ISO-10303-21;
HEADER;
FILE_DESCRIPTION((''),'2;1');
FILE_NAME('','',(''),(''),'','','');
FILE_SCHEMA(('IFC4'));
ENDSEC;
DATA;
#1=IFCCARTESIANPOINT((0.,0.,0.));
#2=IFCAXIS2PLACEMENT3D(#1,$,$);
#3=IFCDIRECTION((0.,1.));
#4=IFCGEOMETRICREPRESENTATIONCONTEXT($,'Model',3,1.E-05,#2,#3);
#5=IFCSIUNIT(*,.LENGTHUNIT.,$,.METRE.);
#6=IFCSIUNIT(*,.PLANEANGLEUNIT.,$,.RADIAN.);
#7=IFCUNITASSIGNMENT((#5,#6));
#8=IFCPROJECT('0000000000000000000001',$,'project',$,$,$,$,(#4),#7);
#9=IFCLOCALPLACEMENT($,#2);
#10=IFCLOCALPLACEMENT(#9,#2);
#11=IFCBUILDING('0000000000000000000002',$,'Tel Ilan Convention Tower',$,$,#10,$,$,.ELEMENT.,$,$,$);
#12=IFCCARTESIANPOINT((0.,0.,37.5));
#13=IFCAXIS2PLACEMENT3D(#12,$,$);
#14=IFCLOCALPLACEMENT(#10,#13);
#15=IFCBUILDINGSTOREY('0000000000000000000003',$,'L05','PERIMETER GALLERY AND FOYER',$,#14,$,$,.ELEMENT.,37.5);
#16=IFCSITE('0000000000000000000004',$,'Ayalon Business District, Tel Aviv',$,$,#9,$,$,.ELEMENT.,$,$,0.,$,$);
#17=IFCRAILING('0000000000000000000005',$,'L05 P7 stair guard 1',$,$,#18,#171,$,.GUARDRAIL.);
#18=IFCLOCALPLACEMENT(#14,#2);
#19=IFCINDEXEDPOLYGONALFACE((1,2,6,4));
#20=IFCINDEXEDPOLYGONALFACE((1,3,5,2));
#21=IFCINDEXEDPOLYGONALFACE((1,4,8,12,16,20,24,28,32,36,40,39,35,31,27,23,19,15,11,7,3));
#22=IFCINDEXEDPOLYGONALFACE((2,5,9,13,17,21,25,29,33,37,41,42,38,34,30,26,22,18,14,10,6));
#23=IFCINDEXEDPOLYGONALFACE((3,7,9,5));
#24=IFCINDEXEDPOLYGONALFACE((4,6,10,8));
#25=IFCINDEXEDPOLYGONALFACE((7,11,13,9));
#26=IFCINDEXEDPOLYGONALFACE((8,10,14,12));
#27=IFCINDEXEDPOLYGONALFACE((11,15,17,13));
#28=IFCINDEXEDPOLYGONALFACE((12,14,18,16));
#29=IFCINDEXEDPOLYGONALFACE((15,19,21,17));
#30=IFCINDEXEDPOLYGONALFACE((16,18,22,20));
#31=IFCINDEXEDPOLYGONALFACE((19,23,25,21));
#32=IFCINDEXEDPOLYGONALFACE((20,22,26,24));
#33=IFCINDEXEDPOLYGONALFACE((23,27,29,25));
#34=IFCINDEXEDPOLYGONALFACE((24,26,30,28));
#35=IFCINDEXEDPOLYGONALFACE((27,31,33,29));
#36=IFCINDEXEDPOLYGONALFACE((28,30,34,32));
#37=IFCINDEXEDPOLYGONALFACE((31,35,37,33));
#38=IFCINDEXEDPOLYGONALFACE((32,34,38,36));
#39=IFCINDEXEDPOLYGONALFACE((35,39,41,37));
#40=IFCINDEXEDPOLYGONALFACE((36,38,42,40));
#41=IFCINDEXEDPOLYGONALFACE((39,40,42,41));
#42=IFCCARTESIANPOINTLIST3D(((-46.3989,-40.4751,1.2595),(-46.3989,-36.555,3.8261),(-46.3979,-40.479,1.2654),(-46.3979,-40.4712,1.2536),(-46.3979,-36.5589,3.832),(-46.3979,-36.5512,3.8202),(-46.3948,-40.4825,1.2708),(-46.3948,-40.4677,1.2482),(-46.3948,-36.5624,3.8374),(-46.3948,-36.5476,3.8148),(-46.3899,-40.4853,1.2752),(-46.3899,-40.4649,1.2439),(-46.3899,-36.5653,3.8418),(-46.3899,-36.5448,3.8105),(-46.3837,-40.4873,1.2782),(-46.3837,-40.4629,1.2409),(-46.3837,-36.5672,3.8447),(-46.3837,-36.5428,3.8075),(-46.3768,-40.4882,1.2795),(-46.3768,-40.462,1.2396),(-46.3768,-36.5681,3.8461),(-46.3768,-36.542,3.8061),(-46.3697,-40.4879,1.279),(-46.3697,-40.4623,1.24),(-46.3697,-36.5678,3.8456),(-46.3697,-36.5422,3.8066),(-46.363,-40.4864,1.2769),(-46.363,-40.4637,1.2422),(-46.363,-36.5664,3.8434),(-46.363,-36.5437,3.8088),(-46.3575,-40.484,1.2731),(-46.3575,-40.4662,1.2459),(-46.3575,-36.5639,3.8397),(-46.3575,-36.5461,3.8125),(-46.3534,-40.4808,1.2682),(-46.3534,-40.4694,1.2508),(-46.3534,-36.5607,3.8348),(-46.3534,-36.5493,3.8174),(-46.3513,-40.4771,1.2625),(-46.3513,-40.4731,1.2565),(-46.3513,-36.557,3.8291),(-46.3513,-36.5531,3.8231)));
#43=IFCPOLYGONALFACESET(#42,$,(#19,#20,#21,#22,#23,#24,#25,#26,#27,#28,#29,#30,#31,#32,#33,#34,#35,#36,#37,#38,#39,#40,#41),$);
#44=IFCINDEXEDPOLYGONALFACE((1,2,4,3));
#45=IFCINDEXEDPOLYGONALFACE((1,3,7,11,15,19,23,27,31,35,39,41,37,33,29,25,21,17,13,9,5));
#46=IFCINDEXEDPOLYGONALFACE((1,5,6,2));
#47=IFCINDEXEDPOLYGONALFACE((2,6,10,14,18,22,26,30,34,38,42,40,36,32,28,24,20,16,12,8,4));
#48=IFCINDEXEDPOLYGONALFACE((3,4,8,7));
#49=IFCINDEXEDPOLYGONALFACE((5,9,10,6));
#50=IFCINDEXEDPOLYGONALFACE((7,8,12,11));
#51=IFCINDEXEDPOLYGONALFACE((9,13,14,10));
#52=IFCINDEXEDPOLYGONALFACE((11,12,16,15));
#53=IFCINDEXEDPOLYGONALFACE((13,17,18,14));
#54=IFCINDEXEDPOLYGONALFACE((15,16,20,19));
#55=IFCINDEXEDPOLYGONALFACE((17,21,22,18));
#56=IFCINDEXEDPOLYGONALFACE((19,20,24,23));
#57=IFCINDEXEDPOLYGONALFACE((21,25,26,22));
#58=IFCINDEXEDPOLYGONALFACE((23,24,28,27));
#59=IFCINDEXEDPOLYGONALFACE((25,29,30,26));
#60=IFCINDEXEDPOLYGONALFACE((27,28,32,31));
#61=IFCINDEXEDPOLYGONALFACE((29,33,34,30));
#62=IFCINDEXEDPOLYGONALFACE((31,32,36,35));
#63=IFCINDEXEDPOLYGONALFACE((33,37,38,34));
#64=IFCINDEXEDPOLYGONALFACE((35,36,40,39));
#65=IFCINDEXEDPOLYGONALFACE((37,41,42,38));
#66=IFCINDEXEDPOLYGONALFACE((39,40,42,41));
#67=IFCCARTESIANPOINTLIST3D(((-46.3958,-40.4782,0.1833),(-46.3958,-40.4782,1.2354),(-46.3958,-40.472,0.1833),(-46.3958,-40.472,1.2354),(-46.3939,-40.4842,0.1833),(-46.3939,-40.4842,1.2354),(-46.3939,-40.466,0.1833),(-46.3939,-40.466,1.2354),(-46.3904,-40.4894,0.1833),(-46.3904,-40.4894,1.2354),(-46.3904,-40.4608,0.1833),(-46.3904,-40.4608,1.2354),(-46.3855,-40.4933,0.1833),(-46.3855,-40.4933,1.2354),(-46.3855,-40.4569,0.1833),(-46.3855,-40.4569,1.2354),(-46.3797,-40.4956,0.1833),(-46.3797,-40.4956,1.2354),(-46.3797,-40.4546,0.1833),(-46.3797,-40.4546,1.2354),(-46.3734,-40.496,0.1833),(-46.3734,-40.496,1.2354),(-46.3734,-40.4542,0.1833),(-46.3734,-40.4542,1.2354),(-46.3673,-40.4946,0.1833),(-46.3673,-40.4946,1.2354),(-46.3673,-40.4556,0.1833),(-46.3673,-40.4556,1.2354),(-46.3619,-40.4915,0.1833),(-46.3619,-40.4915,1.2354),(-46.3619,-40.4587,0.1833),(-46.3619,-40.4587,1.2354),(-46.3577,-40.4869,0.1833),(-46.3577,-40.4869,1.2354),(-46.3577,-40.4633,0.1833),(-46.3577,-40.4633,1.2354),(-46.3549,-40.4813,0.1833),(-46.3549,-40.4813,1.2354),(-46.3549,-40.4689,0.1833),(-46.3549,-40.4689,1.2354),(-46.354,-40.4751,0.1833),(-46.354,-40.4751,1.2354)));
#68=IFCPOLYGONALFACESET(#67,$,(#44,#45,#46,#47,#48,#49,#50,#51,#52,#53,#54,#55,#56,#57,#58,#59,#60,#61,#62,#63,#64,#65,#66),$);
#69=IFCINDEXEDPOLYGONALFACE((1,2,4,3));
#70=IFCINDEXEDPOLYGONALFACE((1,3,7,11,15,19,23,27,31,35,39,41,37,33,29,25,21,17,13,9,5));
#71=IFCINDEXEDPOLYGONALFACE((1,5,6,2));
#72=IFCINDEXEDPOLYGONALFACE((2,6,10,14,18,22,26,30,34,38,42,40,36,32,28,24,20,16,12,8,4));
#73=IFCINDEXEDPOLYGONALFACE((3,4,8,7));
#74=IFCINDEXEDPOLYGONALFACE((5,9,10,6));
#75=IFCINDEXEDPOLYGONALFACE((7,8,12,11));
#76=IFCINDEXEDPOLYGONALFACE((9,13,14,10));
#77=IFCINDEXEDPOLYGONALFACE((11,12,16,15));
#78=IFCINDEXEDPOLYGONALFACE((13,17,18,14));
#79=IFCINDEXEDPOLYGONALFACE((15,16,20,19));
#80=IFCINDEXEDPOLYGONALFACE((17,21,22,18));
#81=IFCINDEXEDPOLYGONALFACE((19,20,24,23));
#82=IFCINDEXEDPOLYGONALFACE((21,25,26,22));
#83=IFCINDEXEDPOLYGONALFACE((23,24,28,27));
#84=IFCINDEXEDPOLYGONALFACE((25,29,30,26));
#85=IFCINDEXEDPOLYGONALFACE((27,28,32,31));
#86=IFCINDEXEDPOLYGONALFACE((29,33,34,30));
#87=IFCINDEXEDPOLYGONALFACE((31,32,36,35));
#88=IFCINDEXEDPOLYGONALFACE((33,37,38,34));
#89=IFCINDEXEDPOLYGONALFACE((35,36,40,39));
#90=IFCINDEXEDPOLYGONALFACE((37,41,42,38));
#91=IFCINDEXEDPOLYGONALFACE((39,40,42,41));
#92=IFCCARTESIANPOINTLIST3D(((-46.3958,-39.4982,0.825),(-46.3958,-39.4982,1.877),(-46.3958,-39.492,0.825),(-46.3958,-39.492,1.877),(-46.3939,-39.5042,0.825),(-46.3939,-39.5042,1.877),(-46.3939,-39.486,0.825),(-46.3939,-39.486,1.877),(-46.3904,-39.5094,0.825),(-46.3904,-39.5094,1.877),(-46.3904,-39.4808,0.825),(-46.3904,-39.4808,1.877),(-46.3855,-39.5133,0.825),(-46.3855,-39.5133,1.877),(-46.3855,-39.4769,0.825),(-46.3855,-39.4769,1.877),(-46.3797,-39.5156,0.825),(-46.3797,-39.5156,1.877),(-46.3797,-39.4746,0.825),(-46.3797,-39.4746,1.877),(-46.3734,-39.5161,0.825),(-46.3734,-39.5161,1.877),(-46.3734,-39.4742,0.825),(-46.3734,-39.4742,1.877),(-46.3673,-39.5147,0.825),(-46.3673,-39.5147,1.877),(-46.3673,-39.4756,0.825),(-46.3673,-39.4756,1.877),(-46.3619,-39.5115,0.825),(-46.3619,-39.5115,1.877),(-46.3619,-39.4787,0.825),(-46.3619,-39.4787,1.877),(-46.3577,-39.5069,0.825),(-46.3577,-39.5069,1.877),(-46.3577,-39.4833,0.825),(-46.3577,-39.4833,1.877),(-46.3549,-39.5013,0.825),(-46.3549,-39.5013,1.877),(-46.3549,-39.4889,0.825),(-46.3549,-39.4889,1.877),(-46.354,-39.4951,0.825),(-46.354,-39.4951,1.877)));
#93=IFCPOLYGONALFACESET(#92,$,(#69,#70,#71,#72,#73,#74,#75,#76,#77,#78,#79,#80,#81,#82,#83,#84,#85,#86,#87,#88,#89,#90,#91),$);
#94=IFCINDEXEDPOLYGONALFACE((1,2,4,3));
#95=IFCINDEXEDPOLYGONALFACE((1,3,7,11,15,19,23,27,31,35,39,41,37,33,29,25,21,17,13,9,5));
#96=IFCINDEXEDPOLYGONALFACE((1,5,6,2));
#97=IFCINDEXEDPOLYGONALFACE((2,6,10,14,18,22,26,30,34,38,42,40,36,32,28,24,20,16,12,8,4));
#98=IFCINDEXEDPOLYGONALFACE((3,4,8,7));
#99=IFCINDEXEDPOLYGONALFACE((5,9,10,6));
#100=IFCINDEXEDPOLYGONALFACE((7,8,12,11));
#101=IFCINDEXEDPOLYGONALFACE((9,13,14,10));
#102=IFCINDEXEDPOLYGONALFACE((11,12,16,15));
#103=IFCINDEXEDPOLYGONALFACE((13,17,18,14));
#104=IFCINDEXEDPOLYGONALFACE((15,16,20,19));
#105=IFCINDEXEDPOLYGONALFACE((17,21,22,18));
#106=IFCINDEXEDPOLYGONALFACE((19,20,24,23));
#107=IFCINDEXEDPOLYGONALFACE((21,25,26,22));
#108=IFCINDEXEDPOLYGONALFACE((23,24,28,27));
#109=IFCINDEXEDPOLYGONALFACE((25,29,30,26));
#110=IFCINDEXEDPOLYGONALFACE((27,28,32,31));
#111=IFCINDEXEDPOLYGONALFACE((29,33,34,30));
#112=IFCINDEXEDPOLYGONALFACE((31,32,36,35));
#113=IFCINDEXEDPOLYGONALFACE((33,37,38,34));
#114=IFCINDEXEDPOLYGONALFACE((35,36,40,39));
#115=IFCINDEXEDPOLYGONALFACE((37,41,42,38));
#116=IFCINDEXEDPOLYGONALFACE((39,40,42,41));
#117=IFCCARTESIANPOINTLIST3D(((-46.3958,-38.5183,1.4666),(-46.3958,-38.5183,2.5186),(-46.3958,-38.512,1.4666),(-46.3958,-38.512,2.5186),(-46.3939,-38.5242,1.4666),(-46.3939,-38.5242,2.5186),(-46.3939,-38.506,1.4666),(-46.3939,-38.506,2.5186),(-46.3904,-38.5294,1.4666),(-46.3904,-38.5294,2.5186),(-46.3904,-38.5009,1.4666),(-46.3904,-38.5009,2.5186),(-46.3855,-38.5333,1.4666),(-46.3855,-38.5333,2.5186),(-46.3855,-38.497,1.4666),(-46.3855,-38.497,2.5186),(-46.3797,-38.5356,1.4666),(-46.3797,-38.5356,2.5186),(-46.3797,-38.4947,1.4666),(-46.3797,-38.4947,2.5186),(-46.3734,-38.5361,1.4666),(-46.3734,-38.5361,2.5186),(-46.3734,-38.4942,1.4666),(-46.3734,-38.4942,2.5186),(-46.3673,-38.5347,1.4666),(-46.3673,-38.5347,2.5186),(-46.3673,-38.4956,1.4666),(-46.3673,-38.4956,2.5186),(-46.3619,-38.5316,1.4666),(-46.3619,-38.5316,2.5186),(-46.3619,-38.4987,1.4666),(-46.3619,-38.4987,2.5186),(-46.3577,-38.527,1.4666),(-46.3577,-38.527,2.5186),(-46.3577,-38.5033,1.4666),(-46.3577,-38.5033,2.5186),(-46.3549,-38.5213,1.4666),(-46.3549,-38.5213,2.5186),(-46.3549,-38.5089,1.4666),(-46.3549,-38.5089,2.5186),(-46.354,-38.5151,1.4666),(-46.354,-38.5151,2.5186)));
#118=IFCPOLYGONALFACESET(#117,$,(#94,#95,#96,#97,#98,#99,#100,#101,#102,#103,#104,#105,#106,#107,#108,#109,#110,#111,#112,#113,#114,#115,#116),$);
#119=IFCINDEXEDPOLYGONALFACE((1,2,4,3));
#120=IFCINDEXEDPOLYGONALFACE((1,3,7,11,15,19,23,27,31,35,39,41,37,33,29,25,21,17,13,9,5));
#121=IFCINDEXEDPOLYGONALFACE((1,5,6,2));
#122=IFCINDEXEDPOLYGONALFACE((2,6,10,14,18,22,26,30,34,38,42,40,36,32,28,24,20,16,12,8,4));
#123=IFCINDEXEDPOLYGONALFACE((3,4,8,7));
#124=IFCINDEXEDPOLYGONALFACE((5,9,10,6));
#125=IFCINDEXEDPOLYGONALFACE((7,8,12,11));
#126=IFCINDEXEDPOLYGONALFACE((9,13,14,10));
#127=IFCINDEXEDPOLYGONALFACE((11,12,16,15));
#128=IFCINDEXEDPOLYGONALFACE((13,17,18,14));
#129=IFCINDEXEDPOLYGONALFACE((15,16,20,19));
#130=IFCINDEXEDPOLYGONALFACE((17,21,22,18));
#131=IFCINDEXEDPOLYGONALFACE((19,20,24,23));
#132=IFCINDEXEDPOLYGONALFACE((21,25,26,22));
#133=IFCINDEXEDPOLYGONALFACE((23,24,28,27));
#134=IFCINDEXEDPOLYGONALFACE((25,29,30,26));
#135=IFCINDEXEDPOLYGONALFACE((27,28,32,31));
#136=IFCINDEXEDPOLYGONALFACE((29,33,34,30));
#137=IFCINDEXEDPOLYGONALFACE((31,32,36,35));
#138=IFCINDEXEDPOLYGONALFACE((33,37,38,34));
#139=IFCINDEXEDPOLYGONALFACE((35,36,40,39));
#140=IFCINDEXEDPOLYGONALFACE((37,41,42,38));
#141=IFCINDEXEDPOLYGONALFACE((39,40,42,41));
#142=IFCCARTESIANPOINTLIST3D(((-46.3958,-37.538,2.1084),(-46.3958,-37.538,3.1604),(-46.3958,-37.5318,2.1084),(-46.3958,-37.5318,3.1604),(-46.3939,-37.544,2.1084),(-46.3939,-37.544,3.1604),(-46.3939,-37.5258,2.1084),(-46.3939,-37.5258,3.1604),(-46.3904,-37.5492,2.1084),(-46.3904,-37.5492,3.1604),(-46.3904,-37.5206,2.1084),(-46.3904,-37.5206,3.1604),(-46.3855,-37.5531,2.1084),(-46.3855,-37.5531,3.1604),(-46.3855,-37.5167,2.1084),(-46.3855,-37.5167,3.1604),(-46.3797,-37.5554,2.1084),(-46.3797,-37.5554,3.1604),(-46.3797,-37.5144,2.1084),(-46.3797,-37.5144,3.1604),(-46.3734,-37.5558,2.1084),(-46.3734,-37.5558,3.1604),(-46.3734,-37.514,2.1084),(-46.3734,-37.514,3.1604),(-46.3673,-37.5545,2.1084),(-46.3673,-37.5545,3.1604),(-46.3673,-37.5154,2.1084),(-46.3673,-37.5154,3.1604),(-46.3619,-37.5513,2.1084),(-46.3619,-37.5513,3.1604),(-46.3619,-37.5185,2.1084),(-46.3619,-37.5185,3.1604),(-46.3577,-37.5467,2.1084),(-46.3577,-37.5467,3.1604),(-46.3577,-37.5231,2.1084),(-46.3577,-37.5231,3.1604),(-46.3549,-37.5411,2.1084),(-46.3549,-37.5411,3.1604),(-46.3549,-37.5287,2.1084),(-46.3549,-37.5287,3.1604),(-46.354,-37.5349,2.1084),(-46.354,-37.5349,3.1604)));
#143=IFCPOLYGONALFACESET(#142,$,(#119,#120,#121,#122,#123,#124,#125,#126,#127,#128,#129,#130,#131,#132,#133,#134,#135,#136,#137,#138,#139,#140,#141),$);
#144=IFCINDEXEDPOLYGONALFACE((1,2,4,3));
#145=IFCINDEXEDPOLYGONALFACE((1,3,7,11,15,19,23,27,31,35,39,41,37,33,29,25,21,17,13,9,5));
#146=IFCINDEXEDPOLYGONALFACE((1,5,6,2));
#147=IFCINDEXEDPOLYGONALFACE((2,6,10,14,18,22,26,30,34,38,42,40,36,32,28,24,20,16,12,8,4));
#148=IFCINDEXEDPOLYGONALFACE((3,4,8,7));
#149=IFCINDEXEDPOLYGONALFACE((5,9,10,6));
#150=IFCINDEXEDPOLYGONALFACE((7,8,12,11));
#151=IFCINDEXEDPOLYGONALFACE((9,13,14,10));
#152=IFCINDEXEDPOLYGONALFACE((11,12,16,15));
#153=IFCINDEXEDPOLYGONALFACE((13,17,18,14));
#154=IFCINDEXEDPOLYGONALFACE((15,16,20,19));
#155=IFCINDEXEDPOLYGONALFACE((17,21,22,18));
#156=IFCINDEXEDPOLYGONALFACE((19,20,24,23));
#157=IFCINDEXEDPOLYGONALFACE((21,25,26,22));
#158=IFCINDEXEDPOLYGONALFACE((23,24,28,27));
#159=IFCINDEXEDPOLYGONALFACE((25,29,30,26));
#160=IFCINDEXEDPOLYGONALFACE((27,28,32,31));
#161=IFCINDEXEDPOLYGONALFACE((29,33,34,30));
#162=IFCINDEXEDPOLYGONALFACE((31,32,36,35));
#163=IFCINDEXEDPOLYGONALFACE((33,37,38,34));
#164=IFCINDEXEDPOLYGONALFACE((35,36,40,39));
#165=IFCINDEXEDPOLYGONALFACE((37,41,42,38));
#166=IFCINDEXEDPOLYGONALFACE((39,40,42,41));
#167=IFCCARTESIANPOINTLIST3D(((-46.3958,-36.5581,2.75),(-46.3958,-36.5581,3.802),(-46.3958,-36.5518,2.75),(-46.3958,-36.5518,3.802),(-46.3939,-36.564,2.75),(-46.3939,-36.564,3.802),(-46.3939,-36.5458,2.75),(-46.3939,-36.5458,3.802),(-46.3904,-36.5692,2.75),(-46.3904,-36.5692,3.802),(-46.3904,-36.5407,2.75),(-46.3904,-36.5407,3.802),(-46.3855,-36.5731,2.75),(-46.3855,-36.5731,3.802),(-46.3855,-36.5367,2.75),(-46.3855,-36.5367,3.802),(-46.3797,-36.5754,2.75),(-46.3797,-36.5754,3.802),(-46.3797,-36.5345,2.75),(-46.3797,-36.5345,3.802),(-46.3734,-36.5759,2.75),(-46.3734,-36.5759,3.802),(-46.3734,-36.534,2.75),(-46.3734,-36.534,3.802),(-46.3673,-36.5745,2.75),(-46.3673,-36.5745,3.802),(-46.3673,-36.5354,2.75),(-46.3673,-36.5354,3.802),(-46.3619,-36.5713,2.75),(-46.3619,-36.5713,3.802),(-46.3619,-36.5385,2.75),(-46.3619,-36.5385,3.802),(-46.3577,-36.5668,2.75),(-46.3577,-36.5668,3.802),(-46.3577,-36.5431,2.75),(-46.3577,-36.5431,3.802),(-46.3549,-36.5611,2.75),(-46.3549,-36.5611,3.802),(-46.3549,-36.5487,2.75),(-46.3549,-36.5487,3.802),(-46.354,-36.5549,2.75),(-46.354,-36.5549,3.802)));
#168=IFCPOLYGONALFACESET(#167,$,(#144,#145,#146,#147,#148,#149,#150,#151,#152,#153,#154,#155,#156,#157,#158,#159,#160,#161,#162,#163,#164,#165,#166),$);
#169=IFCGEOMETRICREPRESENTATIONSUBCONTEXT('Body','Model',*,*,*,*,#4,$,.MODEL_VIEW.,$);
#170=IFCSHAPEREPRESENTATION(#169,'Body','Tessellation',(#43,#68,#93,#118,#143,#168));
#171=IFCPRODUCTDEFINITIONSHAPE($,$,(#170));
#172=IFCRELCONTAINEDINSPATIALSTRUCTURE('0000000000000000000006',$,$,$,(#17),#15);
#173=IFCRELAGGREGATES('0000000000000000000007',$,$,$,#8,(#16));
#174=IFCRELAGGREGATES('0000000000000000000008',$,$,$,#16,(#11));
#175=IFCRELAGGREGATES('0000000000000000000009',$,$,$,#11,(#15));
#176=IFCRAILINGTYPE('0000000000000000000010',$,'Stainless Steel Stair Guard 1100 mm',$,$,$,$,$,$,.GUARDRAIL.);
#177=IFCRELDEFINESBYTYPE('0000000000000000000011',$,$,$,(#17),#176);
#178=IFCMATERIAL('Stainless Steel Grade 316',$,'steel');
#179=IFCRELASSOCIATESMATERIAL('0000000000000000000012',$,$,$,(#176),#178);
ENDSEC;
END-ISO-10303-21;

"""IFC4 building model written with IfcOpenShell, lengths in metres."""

from ifc_helpers import new_model, si_unit, direction, frame, origin, origin_2d, place, context, subcontext, project, spatial, circle, extrude, material, type_object, element, save


model = new_model("IFC4")

# Units and contexts
model_context = context("Model", 3, precision=1e-05, world=origin(), true_north=direction((0.0, 1.0)))
body_context = subcontext(model_context, "Body", "Model", "MODEL_VIEW")
ifc_project = project(units=[si_unit("LENGTHUNIT", "METRE"), si_unit("PLANEANGLEUNIT", "RADIAN")], contexts=[model_context])

# Site, building, storey
site_placement = place(None, origin())
site = spatial("IfcSite", under=ifc_project, at=site_placement, Name="Ayalon Business District, Tel Aviv", CompositionType="ELEMENT", RefElevation=0.0)
building_placement = place(site_placement, origin())
building = spatial("IfcBuilding", under=site, at=building_placement, Name="Tel Ilan Convention Tower", CompositionType="ELEMENT")
storey_placement = place(building_placement, frame((0.0, 0.0, 37.5)))
storey = spatial("IfcBuildingStorey", under=building, at=storey_placement, Name="L05", Description="PERIMETER GALLERY AND FOYER", CompositionType="ELEMENT", Elevation=37.5)

# Railing
ifc_material_1 = material(Name="Stainless Steel Grade 316", Category="steel")
railing_type_1 = type_object("IfcRailingType", Name="Stainless Steel Stair Guard 1100 mm", PredefinedType="GUARDRAIL", material=ifc_material_1)
railing_1_placement = place(storey_placement, frame((-46.375, -40.4751, 0.1833)))
element("IfcRailing", 1, at=railing_1_placement, inside=storey, type_object=railing_type_1, Name="L05 P7 stair guard 1", PredefinedType="GUARDRAIL", context=body_context, shape_type="SweptSolid", body=[
    extrude(circle(Radius=0.0239, at=origin_2d()), frame((0.0, 0.0, 1.0762), z_axis=(0.0, 0.836631, 0.547767), x_axis=(-1.0, 0.0, 0.0)), (0.0, 0.0, 1.0), 4.6855),
    extrude(circle(Radius=0.021, at=origin_2d()), origin(), (0.0, 0.0, 1.0), 1.052),
    extrude(circle(Radius=0.021, at=origin_2d()), frame((0.0, 0.98, 0.6416)), (0.0, 0.0, 1.0), 1.052),
    extrude(circle(Radius=0.021, at=origin_2d()), frame((0.0, 1.96, 1.2832)), (0.0, 0.0, 1.0), 1.052),
    extrude(circle(Radius=0.021, at=origin_2d()), frame((0.0, 2.9402, 1.925)), (0.0, 0.0, 1.0), 1.052),
    extrude(circle(Radius=0.021, at=origin_2d()), frame((0.0, 3.9202, 2.5667)), (0.0, 0.0, 1.0), 1.052),
])

save(model, "model.ifc")
